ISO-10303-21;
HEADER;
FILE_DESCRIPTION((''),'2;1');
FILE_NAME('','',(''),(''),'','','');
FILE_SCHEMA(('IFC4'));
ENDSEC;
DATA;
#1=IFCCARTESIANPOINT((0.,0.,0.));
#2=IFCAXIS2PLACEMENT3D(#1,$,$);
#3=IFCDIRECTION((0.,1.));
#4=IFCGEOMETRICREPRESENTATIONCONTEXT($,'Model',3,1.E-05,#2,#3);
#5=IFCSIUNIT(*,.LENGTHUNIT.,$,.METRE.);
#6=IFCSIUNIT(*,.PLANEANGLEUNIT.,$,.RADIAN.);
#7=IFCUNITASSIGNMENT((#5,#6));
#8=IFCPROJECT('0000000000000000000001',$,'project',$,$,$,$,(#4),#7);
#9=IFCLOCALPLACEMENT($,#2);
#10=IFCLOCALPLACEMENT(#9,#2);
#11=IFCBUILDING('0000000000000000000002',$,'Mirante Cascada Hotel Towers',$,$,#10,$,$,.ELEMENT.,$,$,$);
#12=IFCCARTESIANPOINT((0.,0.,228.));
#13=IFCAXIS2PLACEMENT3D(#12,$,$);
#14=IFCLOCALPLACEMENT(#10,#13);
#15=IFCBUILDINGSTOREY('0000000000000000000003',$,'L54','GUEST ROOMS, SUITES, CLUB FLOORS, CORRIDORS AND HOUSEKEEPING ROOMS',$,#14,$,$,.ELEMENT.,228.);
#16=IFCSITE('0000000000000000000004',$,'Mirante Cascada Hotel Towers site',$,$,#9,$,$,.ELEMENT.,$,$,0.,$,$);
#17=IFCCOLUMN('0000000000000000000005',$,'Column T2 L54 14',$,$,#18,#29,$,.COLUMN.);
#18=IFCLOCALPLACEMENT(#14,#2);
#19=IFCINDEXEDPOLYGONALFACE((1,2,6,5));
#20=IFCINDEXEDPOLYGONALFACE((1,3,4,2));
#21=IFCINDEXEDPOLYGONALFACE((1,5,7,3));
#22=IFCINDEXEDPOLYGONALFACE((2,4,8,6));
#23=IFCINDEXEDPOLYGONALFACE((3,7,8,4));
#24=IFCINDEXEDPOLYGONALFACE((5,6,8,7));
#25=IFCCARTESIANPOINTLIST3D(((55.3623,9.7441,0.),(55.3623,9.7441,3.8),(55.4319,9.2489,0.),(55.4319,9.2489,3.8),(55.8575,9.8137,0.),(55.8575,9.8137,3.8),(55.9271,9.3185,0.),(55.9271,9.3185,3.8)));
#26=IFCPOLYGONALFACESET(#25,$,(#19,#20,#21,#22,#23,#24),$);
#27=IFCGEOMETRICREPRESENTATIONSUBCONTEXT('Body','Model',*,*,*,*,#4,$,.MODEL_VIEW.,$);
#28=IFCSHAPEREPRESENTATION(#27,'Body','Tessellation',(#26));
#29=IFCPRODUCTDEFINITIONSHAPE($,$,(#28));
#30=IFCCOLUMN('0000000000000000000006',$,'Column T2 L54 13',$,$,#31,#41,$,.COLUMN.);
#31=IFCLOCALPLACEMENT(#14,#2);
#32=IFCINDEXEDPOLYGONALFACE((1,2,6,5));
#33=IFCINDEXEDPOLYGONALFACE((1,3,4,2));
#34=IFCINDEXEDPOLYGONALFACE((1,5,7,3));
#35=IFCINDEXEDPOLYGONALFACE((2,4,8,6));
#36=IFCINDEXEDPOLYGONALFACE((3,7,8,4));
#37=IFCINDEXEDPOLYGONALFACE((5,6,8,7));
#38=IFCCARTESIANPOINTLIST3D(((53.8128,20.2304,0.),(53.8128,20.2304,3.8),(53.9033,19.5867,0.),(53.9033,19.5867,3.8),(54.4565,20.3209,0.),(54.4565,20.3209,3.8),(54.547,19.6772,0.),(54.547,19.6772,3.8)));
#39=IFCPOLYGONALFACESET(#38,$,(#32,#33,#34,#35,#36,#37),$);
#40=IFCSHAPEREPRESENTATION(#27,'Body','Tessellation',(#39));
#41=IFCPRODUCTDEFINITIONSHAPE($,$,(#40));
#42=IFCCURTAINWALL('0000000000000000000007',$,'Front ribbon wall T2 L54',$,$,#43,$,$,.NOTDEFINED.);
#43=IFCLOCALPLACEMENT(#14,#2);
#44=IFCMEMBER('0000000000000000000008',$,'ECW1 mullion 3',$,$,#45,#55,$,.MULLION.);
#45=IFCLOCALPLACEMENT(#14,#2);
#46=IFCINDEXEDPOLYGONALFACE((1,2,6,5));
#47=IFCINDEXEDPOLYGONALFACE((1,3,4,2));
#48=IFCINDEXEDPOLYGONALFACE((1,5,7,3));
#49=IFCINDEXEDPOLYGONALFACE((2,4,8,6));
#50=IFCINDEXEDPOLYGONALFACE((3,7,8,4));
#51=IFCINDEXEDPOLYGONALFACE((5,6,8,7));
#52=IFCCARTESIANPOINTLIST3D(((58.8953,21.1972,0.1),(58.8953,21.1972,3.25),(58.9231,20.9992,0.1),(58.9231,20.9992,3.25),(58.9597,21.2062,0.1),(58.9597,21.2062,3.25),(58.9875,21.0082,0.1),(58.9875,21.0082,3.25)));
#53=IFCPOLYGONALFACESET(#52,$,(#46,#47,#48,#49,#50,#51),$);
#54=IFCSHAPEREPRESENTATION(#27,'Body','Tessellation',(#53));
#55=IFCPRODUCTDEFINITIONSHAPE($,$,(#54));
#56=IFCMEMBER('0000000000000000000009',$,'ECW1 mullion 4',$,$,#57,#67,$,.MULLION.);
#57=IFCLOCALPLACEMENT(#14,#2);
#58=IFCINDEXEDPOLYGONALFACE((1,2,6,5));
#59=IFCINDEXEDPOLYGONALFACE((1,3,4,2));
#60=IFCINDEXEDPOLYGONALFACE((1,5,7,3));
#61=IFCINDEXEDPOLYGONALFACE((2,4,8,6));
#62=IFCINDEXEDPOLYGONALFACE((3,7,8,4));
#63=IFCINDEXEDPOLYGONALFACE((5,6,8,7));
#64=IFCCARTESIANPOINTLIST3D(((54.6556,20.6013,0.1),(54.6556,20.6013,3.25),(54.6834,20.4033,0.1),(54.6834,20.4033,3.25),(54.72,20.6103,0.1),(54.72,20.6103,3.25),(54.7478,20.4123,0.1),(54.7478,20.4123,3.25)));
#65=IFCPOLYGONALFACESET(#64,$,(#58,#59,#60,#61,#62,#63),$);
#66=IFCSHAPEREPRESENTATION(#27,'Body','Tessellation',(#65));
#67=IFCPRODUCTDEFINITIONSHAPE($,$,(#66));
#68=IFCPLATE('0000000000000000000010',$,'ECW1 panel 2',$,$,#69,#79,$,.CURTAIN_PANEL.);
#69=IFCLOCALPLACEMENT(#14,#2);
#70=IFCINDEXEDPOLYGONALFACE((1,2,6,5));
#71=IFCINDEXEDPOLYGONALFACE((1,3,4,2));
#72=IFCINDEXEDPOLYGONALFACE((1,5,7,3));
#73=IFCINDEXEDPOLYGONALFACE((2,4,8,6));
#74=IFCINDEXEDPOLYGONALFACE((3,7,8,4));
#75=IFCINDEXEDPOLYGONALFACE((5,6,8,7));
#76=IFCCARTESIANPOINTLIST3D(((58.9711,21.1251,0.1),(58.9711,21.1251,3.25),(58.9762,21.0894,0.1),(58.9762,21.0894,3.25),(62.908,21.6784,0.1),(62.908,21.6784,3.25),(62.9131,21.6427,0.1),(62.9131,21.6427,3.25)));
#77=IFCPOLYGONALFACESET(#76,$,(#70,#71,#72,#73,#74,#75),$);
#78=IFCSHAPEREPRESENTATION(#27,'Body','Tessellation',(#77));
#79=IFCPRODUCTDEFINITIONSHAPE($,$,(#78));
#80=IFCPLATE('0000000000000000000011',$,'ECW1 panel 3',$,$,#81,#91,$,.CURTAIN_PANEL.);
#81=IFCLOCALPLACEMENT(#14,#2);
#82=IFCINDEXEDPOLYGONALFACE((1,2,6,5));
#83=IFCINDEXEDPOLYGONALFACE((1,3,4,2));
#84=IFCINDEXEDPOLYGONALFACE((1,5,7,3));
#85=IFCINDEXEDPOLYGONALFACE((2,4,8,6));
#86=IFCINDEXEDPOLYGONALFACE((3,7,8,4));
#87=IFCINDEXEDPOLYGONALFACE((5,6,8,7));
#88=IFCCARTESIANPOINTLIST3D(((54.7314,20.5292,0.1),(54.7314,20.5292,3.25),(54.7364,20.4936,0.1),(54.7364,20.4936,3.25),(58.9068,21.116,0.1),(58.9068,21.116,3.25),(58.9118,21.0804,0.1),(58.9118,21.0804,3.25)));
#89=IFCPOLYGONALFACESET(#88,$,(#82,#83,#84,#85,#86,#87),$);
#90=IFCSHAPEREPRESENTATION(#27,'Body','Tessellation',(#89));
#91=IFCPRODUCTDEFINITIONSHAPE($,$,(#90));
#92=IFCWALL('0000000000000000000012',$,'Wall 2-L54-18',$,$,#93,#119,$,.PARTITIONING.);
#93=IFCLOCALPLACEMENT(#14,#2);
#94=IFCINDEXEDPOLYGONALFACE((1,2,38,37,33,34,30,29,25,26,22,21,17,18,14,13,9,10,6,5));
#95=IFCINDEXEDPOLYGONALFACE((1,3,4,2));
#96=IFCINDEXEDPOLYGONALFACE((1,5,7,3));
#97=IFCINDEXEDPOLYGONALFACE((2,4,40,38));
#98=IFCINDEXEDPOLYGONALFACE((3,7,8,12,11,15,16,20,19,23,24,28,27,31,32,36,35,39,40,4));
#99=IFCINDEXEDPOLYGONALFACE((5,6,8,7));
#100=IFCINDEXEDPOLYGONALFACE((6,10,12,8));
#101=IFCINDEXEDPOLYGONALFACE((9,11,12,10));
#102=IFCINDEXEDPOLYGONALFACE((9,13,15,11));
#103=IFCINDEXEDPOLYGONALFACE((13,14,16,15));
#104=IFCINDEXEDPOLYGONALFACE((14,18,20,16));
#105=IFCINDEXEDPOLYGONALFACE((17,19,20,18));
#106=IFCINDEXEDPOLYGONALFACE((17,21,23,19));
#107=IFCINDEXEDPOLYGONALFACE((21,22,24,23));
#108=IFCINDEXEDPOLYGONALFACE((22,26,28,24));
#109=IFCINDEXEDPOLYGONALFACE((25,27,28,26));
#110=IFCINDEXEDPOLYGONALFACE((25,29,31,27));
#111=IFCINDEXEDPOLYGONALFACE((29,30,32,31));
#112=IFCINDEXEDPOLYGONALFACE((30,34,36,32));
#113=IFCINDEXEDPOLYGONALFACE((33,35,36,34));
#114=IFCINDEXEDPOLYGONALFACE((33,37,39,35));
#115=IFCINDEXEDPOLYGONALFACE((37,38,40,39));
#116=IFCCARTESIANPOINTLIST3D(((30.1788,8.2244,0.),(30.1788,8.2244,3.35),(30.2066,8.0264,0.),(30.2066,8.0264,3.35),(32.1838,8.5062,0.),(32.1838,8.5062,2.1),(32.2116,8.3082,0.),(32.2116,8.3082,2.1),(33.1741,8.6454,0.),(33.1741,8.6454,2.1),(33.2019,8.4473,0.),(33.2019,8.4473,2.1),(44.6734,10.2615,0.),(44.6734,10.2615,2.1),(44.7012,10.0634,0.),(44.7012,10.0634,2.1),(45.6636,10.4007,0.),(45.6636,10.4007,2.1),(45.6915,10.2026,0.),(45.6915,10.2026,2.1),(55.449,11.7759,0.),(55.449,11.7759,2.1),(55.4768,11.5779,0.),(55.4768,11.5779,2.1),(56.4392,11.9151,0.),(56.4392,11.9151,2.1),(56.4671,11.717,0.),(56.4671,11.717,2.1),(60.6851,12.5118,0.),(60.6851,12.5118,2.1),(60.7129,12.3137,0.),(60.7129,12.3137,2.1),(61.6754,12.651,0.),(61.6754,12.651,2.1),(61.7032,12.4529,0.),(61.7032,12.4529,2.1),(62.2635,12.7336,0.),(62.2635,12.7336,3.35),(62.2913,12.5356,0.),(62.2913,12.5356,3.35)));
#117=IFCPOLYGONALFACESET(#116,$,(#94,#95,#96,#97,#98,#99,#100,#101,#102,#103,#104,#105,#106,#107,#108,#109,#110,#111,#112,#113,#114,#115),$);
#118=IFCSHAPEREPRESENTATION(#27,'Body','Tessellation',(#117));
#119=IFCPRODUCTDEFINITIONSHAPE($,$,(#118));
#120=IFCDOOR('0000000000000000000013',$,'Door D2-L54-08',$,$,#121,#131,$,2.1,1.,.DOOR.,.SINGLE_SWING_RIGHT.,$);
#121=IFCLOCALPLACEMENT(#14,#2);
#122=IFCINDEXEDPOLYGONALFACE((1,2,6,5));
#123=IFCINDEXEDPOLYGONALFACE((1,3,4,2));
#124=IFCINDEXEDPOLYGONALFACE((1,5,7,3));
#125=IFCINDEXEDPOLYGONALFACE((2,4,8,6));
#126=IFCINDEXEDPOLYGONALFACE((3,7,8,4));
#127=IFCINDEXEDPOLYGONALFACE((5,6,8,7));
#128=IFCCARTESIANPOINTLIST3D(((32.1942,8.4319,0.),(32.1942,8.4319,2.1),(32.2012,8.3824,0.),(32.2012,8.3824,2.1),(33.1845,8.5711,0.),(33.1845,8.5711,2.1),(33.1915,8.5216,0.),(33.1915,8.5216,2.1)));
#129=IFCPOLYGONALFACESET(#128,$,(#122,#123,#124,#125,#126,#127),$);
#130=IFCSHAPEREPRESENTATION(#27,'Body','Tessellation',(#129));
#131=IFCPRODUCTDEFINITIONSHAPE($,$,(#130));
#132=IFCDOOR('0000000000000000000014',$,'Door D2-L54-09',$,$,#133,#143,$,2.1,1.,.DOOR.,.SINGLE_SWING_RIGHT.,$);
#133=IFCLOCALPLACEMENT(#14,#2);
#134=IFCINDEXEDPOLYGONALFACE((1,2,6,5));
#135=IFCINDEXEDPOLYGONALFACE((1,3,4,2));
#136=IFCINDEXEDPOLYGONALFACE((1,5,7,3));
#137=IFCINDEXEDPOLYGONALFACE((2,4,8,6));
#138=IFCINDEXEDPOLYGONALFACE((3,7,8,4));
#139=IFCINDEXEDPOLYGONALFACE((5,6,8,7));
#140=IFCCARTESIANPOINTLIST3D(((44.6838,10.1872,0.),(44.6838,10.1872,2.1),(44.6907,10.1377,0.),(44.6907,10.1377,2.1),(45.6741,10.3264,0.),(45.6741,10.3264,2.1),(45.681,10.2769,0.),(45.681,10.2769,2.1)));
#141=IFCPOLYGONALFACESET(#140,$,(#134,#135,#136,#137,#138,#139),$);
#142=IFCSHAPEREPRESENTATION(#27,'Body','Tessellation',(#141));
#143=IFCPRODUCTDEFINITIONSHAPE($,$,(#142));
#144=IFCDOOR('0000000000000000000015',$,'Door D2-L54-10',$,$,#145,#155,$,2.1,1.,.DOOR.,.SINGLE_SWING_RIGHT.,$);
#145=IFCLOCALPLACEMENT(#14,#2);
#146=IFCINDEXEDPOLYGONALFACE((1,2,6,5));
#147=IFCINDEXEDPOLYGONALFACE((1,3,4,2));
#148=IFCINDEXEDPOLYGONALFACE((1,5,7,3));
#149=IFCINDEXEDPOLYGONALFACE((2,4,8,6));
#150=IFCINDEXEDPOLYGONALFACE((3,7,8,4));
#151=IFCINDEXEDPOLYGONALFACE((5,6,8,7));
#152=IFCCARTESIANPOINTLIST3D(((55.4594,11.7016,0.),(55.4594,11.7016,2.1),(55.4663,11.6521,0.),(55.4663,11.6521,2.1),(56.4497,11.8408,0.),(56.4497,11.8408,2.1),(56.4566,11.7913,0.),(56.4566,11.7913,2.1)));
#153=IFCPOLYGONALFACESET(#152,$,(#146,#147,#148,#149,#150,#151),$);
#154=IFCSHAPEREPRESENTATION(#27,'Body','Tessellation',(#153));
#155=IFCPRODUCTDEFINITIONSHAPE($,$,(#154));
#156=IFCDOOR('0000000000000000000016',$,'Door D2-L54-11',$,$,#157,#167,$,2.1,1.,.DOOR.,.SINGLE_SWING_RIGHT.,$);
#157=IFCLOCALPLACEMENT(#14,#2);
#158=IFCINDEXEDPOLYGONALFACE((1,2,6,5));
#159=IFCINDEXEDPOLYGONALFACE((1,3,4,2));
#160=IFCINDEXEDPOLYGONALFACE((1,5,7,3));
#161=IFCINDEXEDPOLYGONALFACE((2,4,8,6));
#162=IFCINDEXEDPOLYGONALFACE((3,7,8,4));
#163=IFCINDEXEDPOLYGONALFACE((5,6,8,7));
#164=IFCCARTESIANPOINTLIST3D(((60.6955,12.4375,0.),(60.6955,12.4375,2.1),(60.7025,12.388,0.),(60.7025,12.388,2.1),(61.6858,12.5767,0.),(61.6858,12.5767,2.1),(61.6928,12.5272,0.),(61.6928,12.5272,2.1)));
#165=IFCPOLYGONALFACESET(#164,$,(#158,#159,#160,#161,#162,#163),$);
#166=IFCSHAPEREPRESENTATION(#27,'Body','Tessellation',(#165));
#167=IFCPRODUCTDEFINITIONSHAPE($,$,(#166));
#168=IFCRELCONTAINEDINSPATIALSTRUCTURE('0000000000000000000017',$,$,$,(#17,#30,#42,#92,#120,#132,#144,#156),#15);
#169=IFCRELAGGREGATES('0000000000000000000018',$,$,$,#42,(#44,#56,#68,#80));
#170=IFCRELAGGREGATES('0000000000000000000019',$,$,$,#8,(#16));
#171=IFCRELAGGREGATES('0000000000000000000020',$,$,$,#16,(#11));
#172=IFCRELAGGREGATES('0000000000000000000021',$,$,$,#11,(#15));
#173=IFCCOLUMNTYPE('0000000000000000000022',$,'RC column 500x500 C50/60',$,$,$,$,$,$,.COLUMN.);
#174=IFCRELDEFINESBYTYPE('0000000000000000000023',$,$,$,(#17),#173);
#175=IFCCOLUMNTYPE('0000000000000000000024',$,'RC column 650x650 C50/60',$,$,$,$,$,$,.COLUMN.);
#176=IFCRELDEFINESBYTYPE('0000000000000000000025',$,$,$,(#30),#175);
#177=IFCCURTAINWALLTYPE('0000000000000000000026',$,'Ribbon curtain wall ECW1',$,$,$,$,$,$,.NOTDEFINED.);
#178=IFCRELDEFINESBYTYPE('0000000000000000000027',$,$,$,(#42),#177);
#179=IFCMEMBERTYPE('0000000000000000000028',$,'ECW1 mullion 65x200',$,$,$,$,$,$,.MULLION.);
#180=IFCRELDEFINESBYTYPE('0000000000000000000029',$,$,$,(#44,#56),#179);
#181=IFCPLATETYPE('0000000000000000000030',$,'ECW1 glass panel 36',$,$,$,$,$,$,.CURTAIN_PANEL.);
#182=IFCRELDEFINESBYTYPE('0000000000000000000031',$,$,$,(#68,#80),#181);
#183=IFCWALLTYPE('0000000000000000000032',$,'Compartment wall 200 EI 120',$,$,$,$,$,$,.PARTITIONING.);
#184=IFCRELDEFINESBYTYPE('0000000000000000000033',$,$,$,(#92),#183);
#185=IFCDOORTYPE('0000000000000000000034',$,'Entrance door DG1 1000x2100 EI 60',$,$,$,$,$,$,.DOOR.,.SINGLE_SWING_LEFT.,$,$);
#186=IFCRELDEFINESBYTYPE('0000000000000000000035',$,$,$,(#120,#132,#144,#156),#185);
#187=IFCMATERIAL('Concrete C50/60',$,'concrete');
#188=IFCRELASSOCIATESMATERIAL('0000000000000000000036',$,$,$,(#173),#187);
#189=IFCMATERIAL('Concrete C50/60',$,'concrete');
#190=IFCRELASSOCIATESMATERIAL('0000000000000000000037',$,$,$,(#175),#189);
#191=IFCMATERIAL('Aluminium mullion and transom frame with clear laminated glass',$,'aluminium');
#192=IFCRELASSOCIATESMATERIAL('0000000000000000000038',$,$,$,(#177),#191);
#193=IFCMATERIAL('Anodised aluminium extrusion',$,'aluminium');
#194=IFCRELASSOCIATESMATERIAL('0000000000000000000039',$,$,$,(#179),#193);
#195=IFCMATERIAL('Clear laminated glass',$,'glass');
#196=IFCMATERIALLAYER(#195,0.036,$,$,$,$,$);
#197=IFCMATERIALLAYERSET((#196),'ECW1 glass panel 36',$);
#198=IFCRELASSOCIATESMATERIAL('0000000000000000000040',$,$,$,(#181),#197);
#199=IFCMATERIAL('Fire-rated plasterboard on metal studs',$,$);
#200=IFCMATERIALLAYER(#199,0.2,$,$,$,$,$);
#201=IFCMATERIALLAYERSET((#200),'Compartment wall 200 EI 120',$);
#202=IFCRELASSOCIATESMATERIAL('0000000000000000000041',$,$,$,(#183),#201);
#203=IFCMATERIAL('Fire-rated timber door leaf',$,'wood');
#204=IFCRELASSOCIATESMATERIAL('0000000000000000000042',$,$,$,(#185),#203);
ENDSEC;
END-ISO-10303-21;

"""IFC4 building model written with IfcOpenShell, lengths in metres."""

from ifc_helpers import new_model, si_unit, direction, frame, frame_2d, origin, origin_2d, place, context, subcontext, project, spatial, rectangle, extrude, material, layer, layer_set, material_profile, profile_set, type_object, element, fill, aggregate, save


model = new_model("IFC4")

# Units and contexts
model_context = context("Model", 3, precision=1e-05, world=origin(), true_north=direction((0.0, 1.0)))
body_context = subcontext(model_context, "Body", "Model", "MODEL_VIEW")
ifc_project = project(units=[si_unit("LENGTHUNIT", "METRE"), si_unit("PLANEANGLEUNIT", "RADIAN")], contexts=[model_context])

# Site, building, storey
site_placement = place(None, origin())
site = spatial("IfcSite", under=ifc_project, at=site_placement, Name="Mirante Cascada Hotel Towers site", CompositionType="ELEMENT", RefElevation=0.0)
building_placement = place(site_placement, origin())
building = spatial("IfcBuilding", under=site, at=building_placement, Name="Mirante Cascada Hotel Towers", CompositionType="ELEMENT")
storey_placement = place(building_placement, frame((0.0, 0.0, 228.0)))
storey = spatial("IfcBuildingStorey", under=building, at=storey_placement, Name="L54", Description="GUEST ROOMS, SUITES, CLUB FLOORS, CORRIDORS AND HOUSEKEEPING ROOMS", CompositionType="ELEMENT", Elevation=228.0)

# Columns
ifc_material_1 = material(Name="Concrete C50/60", Category="concrete")
ifc_material_profile_1 = material_profile(ifc_material_1, rectangle(XDim=0.5, YDim=0.5, at=origin_2d()), Name="RC column 500x500 C50/60")
ifc_profile_set_1 = profile_set([ifc_material_profile_1], Name="Concrete C50/60")
column_type_1 = type_object("IfcColumnType", Name="RC column 500x500 C50/60", PredefinedType="COLUMN", material=ifc_profile_set_1)
column_1_placement = place(storey_placement, frame((55.6447, 9.5313, 0.0), z_axis=(0.0, 0.0, 1.0), x_axis=(0.990268, 0.139173, 0.0)))
element("IfcColumn", 1, at=column_1_placement, inside=storey, type_object=column_type_1, Name="Column T2 L54 14", PredefinedType="COLUMN", context=body_context, shape_type="SweptSolid", body=[
    extrude(rectangle(XDim=0.5, YDim=0.5, at=origin_2d()), origin(), (0.0, 0.0, 1.0), 3.8),
])
ifc_material_2 = material(Name="Concrete C50/60", Category="concrete")
ifc_material_profile_2 = material_profile(ifc_material_2, rectangle(XDim=0.65, YDim=0.65, at=origin_2d()), Name="RC column 650x650 C50/60")
ifc_profile_set_2 = profile_set([ifc_material_profile_2], Name="Concrete C50/60")
column_type_2 = type_object("IfcColumnType", Name="RC column 650x650 C50/60", PredefinedType="COLUMN", material=ifc_profile_set_2)
column_2_placement = place(storey_placement, frame((54.1799, 19.9538, 0.0), z_axis=(0.0, 0.0, 1.0), x_axis=(0.990268, 0.139173, 0.0)))
element("IfcColumn", 2, at=column_2_placement, inside=storey, type_object=column_type_2, Name="Column T2 L54 13", PredefinedType="COLUMN", context=body_context, shape_type="SweptSolid", body=[
    extrude(rectangle(XDim=0.65, YDim=0.65, at=origin_2d()), origin(), (0.0, 0.0, 1.0), 3.8),
])

# Curtain wall, members, plates
ifc_material_3 = material(Name="Aluminium mullion and transom frame with clear laminated glass", Category="aluminium")
curtain_wall_type = type_object("IfcCurtainWallType", Name="Ribbon curtain wall ECW1", PredefinedType="NOTDEFINED", material=ifc_material_3)
curtain_wall_placement = place(storey_placement, origin())
curtain_wall = element("IfcCurtainWall", 3, at=curtain_wall_placement, inside=storey, type_object=curtain_wall_type, Name="Front ribbon wall T2 L54", PredefinedType="NOTDEFINED")
ifc_material_4 = material(Name="Anodised aluminium extrusion", Category="aluminium")
ifc_material_profile_3 = material_profile(ifc_material_4, rectangle(XDim=0.2, YDim=0.065, at=origin_2d()), Name="ECW1 MULLION 65x200")
ifc_profile_set_3 = profile_set([ifc_material_profile_3], Name="Anodised aluminium extrusion")
member_type = type_object("IfcMemberType", Name="ECW1 mullion 65x200", PredefinedType="MULLION", material=ifc_profile_set_3)
member_1_placement = place(storey_placement, frame((58.9414, 21.1027, 0.1), z_axis=(0.0, 0.0, 1.0), x_axis=(0.139173, -0.990268, 0.0)))
member_1 = element("IfcMember", 4, at=member_1_placement, type_object=member_type, Name="ECW1 mullion 3", PredefinedType="MULLION", context=body_context, shape_type="SweptSolid", body=[
    extrude(rectangle(XDim=0.2, YDim=0.065, at=origin_2d()), origin(), (0.0, 0.0, 1.0), 3.15),
])
member_2_placement = place(storey_placement, frame((54.7017, 20.5068, 0.1), z_axis=(0.0, 0.0, 1.0), x_axis=(0.139173, -0.990268, 0.0)))
member_2 = element("IfcMember", 5, at=member_2_placement, type_object=member_type, Name="ECW1 mullion 4", PredefinedType="MULLION", context=body_context, shape_type="SweptSolid", body=[
    extrude(rectangle(XDim=0.2, YDim=0.065, at=origin_2d()), origin(), (0.0, 0.0, 1.0), 3.15),
])
ifc_material_5 = material(Name="Clear laminated glass", Category="glass")
ifc_layer_1 = layer(ifc_material_5, 0.036)
ifc_layer_set_1 = layer_set([ifc_layer_1], Name="ECW1 glass panel 36")
plate_type = type_object("IfcPlateType", Name="ECW1 glass panel 36", PredefinedType="CURTAIN_PANEL", material=ifc_layer_set_1)
plate_1_placement = place(storey_placement, frame((60.9421, 21.3839, 0.1), z_axis=(0.0, 0.0, 1.0), x_axis=(-0.990268, -0.139173, 0.0)))
plate_1 = element("IfcPlate", 6, at=plate_1_placement, type_object=plate_type, Name="ECW1 panel 2", PredefinedType="CURTAIN_PANEL", context=body_context, shape_type="SweptSolid", body=[
    extrude(rectangle(XDim=3.9756, YDim=0.036, at=origin_2d()), origin(), (0.0, 0.0, 1.0), 3.15),
])
plate_2_placement = place(storey_placement, frame((56.8216, 20.8048, 0.1), z_axis=(0.0, 0.0, 1.0), x_axis=(-0.990268, -0.139173, 0.0)))
plate_2 = element("IfcPlate", 7, at=plate_2_placement, type_object=plate_type, Name="ECW1 panel 3", PredefinedType="CURTAIN_PANEL", context=body_context, shape_type="SweptSolid", body=[
    extrude(rectangle(XDim=4.2164, YDim=0.036, at=origin_2d()), origin(), (0.0, 0.0, 1.0), 3.15),
])
aggregate(curtain_wall, [member_1, member_2, plate_1, plate_2])

# Wall, openings, doors
ifc_material_6 = material(Name="Fire-rated plasterboard on metal studs")
ifc_layer_2 = layer(ifc_material_6, 0.2)
ifc_layer_set_2 = layer_set([ifc_layer_2], Name="Compartment wall 200 EI 120")
wall_type_1 = type_object("IfcWallType", Name="Compartment wall 200 EI 120", PredefinedType="PARTITIONING", material=ifc_layer_set_2)
wall_1_placement = place(storey_placement, frame((62.2774, 12.6346, 0.0), z_axis=(0.0, 0.0, 1.0), x_axis=(-0.990268, -0.139173, 0.0)))
wall_1 = element("IfcWall", 8, at=wall_1_placement, inside=storey, type_object=wall_type_1, Name="Wall 2-L54-18", PredefinedType="PARTITIONING", context=body_context, shape_type="SweptSolid", body=[
    extrude(rectangle(XDim=32.4, YDim=0.2, at=frame_2d((16.2, 0.0))), origin(), (0.0, 0.0, 1.0), 3.35),
])
opening_1_placement = place(wall_1_placement, frame((29.3753, 0.0, 0.0)))
opening_1 = element("IfcOpeningElement", 9, at=opening_1_placement, cuts=wall_1, PredefinedType="OPENING", context=body_context, shape_type="SweptSolid", body=[
    extrude(rectangle(XDim=1.0, YDim=2.1, at=frame_2d((0.5, 1.05))), frame((0.0, 0.1, 0.0), z_axis=(0.0, -1.0, 0.0), x_axis=(1.0, 0.0, 0.0)), (0.0, 0.0, 1.0), 0.2),
])
opening_2_placement = place(wall_1_placement, frame((16.763, 0.0, 0.0)))
opening_2 = element("IfcOpeningElement", 10, at=opening_2_placement, cuts=wall_1, PredefinedType="OPENING", context=body_context, shape_type="SweptSolid", body=[
    extrude(rectangle(XDim=1.0, YDim=2.1, at=frame_2d((0.5, 1.05))), frame((0.0, 0.1, 0.0), z_axis=(0.0, -1.0, 0.0), x_axis=(1.0, 0.0, 0.0)), (0.0, 0.0, 1.0), 0.2),
])
opening_3_placement = place(wall_1_placement, frame((5.8815, 0.0, 0.0)))
opening_3 = element("IfcOpeningElement", 11, at=opening_3_placement, cuts=wall_1, PredefinedType="OPENING", context=body_context, shape_type="SweptSolid", body=[
    extrude(rectangle(XDim=1.0, YDim=2.1, at=frame_2d((0.5, 1.05))), frame((0.0, 0.1, 0.0), z_axis=(0.0, -1.0, 0.0), x_axis=(1.0, 0.0, 0.0)), (0.0, 0.0, 1.0), 0.2),
])
opening_4_placement = place(wall_1_placement, frame((0.5939, 0.0, 0.0)))
opening_4 = element("IfcOpeningElement", 12, at=opening_4_placement, cuts=wall_1, PredefinedType="OPENING", context=body_context, shape_type="SweptSolid", body=[
    extrude(rectangle(XDim=1.0, YDim=2.1, at=frame_2d((0.5, 1.05))), frame((0.0, 0.1, 0.0), z_axis=(0.0, -1.0, 0.0), x_axis=(1.0, 0.0, 0.0)), (0.0, 0.0, 1.0), 0.2),
])
ifc_material_7 = material(Name="Fire-rated timber door leaf", Category="wood")
door_type_1 = type_object("IfcDoorType", Name="Entrance door DG1 1000x2100 EI 60", OperationType="SINGLE_SWING_LEFT", PredefinedType="DOOR", material=ifc_material_7)
door_1_placement = place(opening_1_placement, frame((1.0, 0.0, 0.0), z_axis=(0.0, 0.0, 1.0), x_axis=(-1.0, 0.0, 0.0)))
door_1 = element("IfcDoor", 13, at=door_1_placement, inside=storey, type_object=door_type_1, Name="Door D2-L54-08", OperationType="SINGLE_SWING_RIGHT", OverallHeight=2.1, OverallWidth=1.0, PredefinedType="DOOR", context=body_context, shape_type="SweptSolid", body=[
    extrude(rectangle(XDim=1.0, YDim=2.1, at=frame_2d((0.5, 1.05))), frame((0.0, 0.025, 0.0), z_axis=(0.0, -1.0, 0.0), x_axis=(1.0, 0.0, 0.0)), (0.0, 0.0, 1.0), 0.05),
])
fill(opening_1, door_1)
door_2_placement = place(opening_2_placement, frame((1.0, 0.0, 0.0), z_axis=(0.0, 0.0, 1.0), x_axis=(-1.0, 0.0, 0.0)))
door_2 = element("IfcDoor", 14, at=door_2_placement, inside=storey, type_object=door_type_1, Name="Door D2-L54-09", OperationType="SINGLE_SWING_RIGHT", OverallHeight=2.1, OverallWidth=1.0, PredefinedType="DOOR", context=body_context, shape_type="SweptSolid", body=[
    extrude(rectangle(XDim=1.0, YDim=2.1, at=frame_2d((0.5, 1.05))), frame((0.0, 0.025, 0.0), z_axis=(0.0, -1.0, 0.0), x_axis=(1.0, 0.0, 0.0)), (0.0, 0.0, 1.0), 0.05),
])
fill(opening_2, door_2)
door_3_placement = place(opening_3_placement, frame((1.0, 0.0, 0.0), z_axis=(0.0, 0.0, 1.0), x_axis=(-1.0, 0.0, 0.0)))
door_3 = element("IfcDoor", 15, at=door_3_placement, inside=storey, type_object=door_type_1, Name="Door D2-L54-10", OperationType="SINGLE_SWING_RIGHT", OverallHeight=2.1, OverallWidth=1.0, PredefinedType="DOOR", context=body_context, shape_type="SweptSolid", body=[
    extrude(rectangle(XDim=1.0, YDim=2.1, at=frame_2d((0.5, 1.05))), frame((0.0, 0.025, 0.0), z_axis=(0.0, -1.0, 0.0), x_axis=(1.0, 0.0, 0.0)), (0.0, 0.0, 1.0), 0.05),
])
fill(opening_3, door_3)
door_4_placement = place(opening_4_placement, frame((1.0, 0.0, 0.0), z_axis=(0.0, 0.0, 1.0), x_axis=(-1.0, 0.0, 0.0)))
door_4 = element("IfcDoor", 16, at=door_4_placement, inside=storey, type_object=door_type_1, Name="Door D2-L54-11", OperationType="SINGLE_SWING_RIGHT", OverallHeight=2.1, OverallWidth=1.0, PredefinedType="DOOR", context=body_context, shape_type="SweptSolid", body=[
    extrude(rectangle(XDim=1.0, YDim=2.1, at=frame_2d((0.5, 1.05))), frame((0.0, 0.025, 0.0), z_axis=(0.0, -1.0, 0.0), x_axis=(1.0, 0.0, 0.0)), (0.0, 0.0, 1.0), 0.05),
])
fill(opening_4, door_4)

save(model, "model.ifc")
